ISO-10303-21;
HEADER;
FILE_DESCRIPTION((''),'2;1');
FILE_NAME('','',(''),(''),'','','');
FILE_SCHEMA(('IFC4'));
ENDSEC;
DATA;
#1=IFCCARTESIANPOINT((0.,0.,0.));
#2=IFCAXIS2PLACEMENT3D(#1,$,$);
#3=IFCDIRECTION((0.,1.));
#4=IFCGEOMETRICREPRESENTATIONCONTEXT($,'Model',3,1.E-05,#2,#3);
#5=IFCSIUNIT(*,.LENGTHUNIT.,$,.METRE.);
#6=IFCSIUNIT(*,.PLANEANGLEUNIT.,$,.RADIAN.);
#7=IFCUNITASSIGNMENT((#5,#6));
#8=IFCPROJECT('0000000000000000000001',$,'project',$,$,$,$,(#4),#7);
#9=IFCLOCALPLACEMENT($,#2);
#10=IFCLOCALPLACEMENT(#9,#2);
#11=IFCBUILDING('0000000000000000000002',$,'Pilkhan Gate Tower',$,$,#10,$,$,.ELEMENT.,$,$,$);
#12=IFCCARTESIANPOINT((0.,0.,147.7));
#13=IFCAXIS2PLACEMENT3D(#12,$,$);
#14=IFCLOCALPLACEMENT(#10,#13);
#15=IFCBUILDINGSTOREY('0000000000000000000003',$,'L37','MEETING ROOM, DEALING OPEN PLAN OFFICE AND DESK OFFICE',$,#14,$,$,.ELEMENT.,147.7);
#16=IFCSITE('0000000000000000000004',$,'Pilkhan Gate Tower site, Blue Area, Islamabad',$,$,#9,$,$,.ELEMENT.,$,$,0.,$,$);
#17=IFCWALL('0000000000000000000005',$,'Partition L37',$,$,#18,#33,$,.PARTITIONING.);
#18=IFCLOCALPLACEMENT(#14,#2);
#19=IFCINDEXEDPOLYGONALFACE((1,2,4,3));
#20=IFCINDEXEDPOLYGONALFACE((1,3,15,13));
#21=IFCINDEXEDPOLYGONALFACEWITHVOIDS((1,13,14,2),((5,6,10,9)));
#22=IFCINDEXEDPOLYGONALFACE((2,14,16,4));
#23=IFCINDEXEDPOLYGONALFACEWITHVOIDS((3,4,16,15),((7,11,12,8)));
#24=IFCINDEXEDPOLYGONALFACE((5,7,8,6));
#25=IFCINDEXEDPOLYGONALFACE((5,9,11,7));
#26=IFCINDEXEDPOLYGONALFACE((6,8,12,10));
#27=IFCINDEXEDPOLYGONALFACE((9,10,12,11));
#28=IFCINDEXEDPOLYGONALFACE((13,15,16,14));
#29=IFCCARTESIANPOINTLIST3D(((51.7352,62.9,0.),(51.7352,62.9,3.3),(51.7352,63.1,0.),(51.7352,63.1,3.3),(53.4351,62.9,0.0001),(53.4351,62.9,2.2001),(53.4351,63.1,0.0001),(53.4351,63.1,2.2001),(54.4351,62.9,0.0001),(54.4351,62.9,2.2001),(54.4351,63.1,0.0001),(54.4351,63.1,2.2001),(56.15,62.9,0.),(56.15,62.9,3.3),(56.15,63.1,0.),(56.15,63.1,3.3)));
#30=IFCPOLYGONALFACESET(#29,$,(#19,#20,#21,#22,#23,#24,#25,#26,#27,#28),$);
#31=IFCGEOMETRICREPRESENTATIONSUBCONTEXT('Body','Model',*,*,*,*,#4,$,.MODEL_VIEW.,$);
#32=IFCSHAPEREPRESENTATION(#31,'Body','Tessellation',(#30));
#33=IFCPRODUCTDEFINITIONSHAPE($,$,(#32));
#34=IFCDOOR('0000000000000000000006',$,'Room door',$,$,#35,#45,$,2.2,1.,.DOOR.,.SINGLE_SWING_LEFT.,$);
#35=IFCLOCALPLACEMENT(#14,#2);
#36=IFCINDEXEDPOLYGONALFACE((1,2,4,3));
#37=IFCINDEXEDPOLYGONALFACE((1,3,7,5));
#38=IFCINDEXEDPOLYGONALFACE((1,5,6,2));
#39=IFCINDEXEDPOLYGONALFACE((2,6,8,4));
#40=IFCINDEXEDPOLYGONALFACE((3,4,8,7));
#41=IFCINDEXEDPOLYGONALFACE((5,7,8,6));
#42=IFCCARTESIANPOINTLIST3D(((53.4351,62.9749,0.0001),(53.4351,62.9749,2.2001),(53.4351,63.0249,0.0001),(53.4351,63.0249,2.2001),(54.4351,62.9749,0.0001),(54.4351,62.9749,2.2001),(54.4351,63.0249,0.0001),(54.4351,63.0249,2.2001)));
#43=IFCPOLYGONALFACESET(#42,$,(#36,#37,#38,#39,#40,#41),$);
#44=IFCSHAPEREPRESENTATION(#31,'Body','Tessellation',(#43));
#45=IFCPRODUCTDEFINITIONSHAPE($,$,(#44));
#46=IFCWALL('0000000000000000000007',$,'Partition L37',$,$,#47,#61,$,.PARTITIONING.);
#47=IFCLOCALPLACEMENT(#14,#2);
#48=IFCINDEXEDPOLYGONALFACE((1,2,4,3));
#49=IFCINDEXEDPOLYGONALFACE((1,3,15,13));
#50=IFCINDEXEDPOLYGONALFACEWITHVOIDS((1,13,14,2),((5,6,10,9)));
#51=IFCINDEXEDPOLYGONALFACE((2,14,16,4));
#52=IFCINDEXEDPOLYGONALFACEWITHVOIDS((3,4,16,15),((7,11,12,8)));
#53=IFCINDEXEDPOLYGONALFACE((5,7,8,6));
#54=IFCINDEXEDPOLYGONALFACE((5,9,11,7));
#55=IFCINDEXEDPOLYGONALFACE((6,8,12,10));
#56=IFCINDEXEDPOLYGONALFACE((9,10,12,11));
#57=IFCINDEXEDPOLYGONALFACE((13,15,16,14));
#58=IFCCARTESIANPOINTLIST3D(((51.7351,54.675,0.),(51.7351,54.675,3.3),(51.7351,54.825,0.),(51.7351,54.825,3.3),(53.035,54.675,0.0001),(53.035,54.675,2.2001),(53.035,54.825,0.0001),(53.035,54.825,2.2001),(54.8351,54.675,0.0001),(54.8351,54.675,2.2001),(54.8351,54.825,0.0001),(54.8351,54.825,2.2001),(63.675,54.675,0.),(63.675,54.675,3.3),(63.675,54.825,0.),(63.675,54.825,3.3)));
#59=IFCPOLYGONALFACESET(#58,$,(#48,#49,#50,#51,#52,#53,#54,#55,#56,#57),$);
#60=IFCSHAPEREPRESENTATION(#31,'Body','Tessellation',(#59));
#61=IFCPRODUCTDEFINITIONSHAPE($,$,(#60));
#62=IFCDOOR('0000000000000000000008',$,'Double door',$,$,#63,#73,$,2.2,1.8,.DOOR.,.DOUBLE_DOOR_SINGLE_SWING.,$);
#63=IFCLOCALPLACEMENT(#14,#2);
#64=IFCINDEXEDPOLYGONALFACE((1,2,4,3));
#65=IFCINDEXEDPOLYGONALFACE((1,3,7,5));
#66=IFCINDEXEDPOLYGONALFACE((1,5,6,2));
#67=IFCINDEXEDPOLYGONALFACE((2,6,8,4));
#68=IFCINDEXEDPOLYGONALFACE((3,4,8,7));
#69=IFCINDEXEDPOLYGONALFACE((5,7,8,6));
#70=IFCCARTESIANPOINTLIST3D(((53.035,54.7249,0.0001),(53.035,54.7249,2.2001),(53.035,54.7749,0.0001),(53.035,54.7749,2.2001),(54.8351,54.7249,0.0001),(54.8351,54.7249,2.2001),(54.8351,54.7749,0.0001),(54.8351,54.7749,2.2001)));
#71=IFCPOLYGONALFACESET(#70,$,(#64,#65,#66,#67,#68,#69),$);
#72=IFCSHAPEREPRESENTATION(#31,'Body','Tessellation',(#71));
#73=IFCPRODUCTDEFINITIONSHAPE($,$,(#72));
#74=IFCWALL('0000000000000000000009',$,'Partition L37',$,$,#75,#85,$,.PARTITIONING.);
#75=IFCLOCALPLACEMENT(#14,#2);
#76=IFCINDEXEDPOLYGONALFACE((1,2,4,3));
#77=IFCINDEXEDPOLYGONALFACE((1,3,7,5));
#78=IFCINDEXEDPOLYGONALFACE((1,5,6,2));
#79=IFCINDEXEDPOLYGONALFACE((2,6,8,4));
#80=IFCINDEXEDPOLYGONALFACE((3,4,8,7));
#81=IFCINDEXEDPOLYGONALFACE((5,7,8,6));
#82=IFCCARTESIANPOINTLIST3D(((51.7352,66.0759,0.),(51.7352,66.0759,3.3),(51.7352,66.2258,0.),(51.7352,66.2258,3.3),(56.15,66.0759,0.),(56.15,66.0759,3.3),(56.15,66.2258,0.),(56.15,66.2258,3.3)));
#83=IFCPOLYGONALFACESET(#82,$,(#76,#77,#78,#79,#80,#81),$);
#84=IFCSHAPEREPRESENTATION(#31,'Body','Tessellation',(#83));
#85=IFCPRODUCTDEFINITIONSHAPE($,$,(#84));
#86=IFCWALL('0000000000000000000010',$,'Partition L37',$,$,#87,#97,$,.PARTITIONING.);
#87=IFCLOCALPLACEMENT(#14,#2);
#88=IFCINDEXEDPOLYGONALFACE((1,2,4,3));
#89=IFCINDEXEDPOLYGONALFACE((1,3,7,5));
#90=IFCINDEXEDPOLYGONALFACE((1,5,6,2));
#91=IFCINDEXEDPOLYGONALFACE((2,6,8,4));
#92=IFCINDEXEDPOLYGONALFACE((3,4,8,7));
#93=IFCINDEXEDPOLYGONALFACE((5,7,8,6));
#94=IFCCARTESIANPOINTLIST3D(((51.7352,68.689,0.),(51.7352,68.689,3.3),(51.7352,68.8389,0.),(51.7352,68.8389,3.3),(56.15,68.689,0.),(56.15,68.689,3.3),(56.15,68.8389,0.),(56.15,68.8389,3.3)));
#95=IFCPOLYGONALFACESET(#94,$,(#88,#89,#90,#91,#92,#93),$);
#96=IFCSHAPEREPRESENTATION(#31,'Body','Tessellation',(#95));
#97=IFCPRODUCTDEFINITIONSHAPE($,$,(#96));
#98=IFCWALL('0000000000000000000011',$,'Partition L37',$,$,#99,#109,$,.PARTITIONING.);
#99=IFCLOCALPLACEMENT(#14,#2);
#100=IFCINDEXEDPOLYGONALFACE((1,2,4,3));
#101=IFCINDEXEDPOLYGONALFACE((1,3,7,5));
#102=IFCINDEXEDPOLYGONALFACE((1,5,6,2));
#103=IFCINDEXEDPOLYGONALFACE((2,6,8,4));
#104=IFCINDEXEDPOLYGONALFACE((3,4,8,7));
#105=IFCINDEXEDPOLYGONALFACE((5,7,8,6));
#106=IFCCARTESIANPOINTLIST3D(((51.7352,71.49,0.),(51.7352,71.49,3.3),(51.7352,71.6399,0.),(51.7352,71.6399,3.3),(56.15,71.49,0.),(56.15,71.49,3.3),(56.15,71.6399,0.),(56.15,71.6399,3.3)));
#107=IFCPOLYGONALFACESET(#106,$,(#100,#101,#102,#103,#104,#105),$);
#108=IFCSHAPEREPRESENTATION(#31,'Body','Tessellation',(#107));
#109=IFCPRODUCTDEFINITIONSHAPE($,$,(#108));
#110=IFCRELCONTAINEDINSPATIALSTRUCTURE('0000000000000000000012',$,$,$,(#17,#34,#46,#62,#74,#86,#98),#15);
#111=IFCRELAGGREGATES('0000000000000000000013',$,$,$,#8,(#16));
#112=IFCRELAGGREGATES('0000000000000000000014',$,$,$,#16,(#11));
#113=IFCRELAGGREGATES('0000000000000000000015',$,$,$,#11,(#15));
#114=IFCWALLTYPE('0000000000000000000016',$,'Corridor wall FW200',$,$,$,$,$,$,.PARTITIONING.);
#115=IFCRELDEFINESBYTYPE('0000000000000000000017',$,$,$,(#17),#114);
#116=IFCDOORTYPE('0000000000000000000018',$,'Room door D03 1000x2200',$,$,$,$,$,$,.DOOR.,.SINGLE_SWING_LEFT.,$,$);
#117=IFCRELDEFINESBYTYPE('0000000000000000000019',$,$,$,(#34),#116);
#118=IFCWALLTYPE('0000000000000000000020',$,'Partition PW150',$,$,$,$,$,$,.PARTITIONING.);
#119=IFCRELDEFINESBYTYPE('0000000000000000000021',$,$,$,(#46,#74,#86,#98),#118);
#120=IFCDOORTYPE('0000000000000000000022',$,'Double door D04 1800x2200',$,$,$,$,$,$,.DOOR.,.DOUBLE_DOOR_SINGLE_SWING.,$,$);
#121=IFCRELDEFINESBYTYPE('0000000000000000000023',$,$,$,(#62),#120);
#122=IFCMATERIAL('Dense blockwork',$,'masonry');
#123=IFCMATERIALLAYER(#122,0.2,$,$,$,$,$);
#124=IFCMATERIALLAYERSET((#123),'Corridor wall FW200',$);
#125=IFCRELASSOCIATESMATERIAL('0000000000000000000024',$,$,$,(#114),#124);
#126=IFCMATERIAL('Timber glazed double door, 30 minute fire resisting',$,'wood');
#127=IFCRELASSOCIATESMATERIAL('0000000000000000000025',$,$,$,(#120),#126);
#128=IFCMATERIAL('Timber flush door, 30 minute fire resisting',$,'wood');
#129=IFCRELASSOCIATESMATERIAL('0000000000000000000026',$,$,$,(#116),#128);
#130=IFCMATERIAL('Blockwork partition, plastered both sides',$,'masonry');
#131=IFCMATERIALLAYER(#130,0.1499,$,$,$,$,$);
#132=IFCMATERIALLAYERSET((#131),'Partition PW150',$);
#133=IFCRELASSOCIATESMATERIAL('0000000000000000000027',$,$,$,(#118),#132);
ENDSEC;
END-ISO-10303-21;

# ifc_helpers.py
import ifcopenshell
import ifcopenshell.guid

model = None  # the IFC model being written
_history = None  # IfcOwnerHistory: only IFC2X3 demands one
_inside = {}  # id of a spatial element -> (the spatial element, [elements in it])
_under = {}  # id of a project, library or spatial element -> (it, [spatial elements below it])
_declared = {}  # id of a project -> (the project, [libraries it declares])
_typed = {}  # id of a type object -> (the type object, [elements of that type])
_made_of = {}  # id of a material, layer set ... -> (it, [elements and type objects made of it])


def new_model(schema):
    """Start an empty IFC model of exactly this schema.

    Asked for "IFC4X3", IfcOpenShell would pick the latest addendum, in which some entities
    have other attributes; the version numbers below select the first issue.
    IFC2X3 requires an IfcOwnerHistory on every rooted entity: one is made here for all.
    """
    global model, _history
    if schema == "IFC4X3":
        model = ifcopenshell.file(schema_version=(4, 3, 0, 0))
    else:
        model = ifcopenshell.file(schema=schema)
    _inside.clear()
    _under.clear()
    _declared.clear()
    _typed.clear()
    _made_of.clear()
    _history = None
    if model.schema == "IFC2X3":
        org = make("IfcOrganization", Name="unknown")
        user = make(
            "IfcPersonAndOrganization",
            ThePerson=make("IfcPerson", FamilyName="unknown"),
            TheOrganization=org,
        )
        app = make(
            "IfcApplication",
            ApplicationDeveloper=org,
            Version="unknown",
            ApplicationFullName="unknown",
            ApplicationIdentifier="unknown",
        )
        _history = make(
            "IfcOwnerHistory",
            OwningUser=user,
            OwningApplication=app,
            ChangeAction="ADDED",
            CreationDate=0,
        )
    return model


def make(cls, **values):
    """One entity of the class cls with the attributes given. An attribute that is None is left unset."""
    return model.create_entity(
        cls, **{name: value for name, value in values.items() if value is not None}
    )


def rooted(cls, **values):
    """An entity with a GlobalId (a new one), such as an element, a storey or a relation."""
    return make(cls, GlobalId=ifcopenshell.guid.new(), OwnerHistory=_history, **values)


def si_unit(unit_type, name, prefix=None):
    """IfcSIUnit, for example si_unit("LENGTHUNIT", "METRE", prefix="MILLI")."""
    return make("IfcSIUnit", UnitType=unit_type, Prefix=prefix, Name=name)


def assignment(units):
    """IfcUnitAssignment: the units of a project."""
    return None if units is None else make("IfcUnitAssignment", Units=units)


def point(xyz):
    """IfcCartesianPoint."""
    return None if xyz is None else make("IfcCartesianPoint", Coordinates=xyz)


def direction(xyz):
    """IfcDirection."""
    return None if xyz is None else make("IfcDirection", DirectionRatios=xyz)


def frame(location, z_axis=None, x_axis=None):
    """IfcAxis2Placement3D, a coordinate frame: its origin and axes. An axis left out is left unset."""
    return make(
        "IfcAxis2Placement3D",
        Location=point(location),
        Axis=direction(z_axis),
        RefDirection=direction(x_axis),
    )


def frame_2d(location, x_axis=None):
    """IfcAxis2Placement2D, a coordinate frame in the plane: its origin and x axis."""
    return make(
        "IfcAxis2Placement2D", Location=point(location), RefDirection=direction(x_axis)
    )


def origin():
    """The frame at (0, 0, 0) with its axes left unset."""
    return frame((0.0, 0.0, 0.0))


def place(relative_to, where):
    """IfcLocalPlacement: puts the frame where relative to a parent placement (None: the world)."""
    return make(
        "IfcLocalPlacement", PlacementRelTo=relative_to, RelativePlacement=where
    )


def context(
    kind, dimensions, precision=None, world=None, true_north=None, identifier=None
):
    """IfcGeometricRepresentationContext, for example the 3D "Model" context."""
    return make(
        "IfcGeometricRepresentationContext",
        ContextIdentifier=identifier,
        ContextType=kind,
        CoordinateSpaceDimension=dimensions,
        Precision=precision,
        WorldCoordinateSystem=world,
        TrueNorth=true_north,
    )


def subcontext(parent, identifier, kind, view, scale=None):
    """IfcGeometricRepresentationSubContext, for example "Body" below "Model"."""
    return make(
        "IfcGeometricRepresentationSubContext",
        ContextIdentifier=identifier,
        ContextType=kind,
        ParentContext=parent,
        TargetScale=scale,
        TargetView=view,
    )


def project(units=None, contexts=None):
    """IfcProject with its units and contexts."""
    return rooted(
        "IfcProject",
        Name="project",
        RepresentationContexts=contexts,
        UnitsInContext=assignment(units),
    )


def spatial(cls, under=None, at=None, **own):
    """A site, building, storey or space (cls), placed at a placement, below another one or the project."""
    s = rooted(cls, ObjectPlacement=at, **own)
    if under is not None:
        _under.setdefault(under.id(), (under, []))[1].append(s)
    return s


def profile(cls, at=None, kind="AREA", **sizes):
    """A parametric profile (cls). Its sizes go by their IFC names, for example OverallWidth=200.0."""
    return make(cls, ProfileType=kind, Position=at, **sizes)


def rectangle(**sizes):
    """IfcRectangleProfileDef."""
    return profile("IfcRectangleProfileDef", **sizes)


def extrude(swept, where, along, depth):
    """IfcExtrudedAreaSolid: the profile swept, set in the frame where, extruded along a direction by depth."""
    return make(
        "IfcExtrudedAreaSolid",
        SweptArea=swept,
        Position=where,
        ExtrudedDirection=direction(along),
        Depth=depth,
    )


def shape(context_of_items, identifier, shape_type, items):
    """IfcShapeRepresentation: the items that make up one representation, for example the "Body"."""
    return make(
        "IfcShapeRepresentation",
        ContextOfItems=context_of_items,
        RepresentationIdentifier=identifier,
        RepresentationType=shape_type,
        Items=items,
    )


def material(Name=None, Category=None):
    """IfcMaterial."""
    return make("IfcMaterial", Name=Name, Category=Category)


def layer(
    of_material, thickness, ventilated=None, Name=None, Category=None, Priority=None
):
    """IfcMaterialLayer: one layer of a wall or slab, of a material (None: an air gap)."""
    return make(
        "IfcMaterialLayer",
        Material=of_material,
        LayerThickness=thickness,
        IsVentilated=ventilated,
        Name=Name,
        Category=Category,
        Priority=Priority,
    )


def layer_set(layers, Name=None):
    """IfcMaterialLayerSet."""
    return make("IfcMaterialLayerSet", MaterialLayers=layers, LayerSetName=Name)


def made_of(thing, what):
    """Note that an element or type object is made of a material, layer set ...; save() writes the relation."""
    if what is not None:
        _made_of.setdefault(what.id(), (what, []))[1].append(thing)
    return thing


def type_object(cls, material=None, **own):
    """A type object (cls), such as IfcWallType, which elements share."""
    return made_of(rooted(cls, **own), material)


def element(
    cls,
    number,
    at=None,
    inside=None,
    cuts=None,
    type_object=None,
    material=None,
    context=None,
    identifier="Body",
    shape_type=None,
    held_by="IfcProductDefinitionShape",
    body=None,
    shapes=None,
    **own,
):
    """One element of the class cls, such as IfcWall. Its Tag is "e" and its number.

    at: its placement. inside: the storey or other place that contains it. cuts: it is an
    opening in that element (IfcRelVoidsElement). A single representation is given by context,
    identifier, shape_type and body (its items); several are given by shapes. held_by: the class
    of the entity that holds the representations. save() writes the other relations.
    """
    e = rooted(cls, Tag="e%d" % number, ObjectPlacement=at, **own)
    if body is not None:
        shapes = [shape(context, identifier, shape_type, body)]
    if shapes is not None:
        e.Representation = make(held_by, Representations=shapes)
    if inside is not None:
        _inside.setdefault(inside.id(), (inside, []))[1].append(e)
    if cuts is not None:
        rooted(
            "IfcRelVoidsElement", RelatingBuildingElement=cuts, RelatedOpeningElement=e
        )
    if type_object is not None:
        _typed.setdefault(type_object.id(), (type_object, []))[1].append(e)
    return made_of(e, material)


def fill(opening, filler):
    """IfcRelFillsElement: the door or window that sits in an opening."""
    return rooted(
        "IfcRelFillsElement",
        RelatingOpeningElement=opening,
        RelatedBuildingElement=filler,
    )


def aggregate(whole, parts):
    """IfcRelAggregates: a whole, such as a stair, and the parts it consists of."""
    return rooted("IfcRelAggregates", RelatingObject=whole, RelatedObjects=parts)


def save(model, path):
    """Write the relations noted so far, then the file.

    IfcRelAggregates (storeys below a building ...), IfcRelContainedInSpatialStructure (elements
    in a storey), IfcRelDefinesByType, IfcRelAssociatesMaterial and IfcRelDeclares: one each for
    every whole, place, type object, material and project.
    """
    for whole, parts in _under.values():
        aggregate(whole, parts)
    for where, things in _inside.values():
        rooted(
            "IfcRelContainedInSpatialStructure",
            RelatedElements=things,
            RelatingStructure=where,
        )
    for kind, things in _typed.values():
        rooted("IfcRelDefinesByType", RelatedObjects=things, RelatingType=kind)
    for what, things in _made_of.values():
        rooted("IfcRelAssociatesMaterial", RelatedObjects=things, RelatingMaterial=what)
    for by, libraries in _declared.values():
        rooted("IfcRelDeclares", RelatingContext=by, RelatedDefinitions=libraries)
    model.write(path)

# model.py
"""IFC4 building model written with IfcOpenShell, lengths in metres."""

from ifc_helpers import new_model, si_unit, direction, frame, frame_2d, origin, place, context, subcontext, project, spatial, rectangle, extrude, material, layer, layer_set, type_object, element, fill, save


model = new_model("IFC4")

# Units and contexts
model_context = context("Model", 3, precision=1e-05, world=origin(), true_north=direction((0.0, 1.0)))
body_context = subcontext(model_context, "Body", "Model", "MODEL_VIEW")
ifc_project = project(units=[si_unit("LENGTHUNIT", "METRE"), si_unit("PLANEANGLEUNIT", "RADIAN")], contexts=[model_context])

# Site, building, storey
site_placement = place(None, origin())
site = spatial("IfcSite", under=ifc_project, at=site_placement, Name="Pilkhan Gate Tower site, Blue Area, Islamabad", CompositionType="ELEMENT", RefElevation=0.0)
building_placement = place(site_placement, origin())
building = spatial("IfcBuilding", under=site, at=building_placement, Name="Pilkhan Gate Tower", CompositionType="ELEMENT")
storey_placement = place(building_placement, frame((0.0, 0.0, 147.7)))
storey = spatial("IfcBuildingStorey", under=building, at=storey_placement, Name="L37", Description="MEETING ROOM, DEALING OPEN PLAN OFFICE AND DESK OFFICE", CompositionType="ELEMENT", Elevation=147.7)

# Shared definitions
ifc_material_1 = material(Name="Dense blockwork", Category="masonry")
ifc_layer_1 = layer(ifc_material_1, 0.2)
ifc_layer_set_1 = layer_set([ifc_layer_1], Name="Corridor wall FW200")
wall_type_1 = type_object("IfcWallType", Name="Corridor wall FW200", PredefinedType="PARTITIONING", material=ifc_layer_set_1)
ifc_material_2 = material(Name="Timber glazed double door, 30 minute fire resisting", Category="wood")
door_type_1 = type_object("IfcDoorType", Name="Double door D04 1800x2200", OperationType="DOUBLE_DOOR_SINGLE_SWING", PredefinedType="DOOR", material=ifc_material_2)
ifc_material_3 = material(Name="Timber flush door, 30 minute fire resisting", Category="wood")
door_type_2 = type_object("IfcDoorType", Name="Room door D03 1000x2200", OperationType="SINGLE_SWING_LEFT", PredefinedType="DOOR", material=ifc_material_3)

# Walls, openings, doors
wall_1_placement = place(storey_placement, frame((51.7351, 63.0, 0.0), z_axis=(0.0, 0.0, 1.0), x_axis=(1.0, 0.0, 0.0)))
wall_1 = element("IfcWall", 1, at=wall_1_placement, inside=storey, type_object=wall_type_1, Name="Partition L37", PredefinedType="PARTITIONING", context=body_context, shape_type="SweptSolid", body=[
    extrude(rectangle(XDim=4.4148, YDim=0.2, at=frame_2d((2.2075, 0.0))), origin(), (0.0, 0.0, 1.0), 3.3),
])
opening_1_placement = place(wall_1_placement, frame((1.7, 0.0, 0.0)))
opening_1 = element("IfcOpeningElement", 2, at=opening_1_placement, cuts=wall_1, PredefinedType="OPENING", context=body_context, shape_type="SweptSolid", body=[
    extrude(rectangle(XDim=1.0, YDim=2.2, at=frame_2d((0.5, 1.1001))), frame((0.0, 0.1099, 0.0), z_axis=(0.0, -1.0, 0.0), x_axis=(1.0, 0.0, 0.0)), (0.0, 0.0, 1.0), 0.22),
])
door_1_placement = place(opening_1_placement, origin())
door_1 = element("IfcDoor", 3, at=door_1_placement, inside=storey, type_object=door_type_2, Name="Room door", OperationType="SINGLE_SWING_LEFT", OverallHeight=2.2, OverallWidth=1.0, PredefinedType="DOOR", context=body_context, shape_type="SweptSolid", body=[
    extrude(rectangle(XDim=1.0, YDim=2.2, at=frame_2d((0.5, 1.1001))), frame((0.0, 0.0249, 0.0), z_axis=(0.0, -1.0, 0.0), x_axis=(1.0, 0.0, 0.0)), (0.0, 0.0, 1.0), 0.05),
])
fill(opening_1, door_1)
ifc_material_4 = material(Name="Blockwork partition, plastered both sides", Category="masonry")
ifc_layer_2 = layer(ifc_material_4, 0.1499)
ifc_layer_set_2 = layer_set([ifc_layer_2], Name="Partition PW150")
wall_type_2 = type_object("IfcWallType", Name="Partition PW150", PredefinedType="PARTITIONING", material=ifc_layer_set_2)
wall_2_placement = place(storey_placement, frame((51.7351, 54.75, 0.0), z_axis=(0.0, 0.0, 1.0), x_axis=(1.0, 0.0, 0.0)))
wall_2 = element("IfcWall", 4, at=wall_2_placement, inside=storey, type_object=wall_type_2, Name="Partition L37", PredefinedType="PARTITIONING", context=body_context, shape_type="SweptSolid", body=[
    extrude(rectangle(XDim=11.9399, YDim=0.1499, at=frame_2d((5.97, 0.0))), origin(), (0.0, 0.0, 1.0), 3.3),
])
opening_2_placement = place(wall_2_placement, frame((1.3, 0.0, 0.0)))
opening_2 = element("IfcOpeningElement", 5, at=opening_2_placement, cuts=wall_2, PredefinedType="OPENING", context=body_context, shape_type="SweptSolid", body=[
    extrude(rectangle(XDim=1.8, YDim=2.2, at=frame_2d((0.8999, 1.1001))), frame((0.0, 0.085, 0.0), z_axis=(0.0, -1.0, 0.0), x_axis=(1.0, 0.0, 0.0)), (0.0, 0.0, 1.0), 0.1699),
])
door_2_placement = place(opening_2_placement, origin())
door_2 = element("IfcDoor", 6, at=door_2_placement, inside=storey, type_object=door_type_1, Name="Double door", OperationType="DOUBLE_DOOR_SINGLE_SWING", OverallHeight=2.2, OverallWidth=1.8, PredefinedType="DOOR", context=body_context, shape_type="SweptSolid", body=[
    extrude(rectangle(XDim=1.8, YDim=2.2, at=frame_2d((0.8999, 1.1001))), frame((0.0, 0.0249, 0.0), z_axis=(0.0, -1.0, 0.0), x_axis=(1.0, 0.0, 0.0)), (0.0, 0.0, 1.0), 0.05),
])
fill(opening_2, door_2)

# Walls
for number, where, z_axis, x_axis, name in (
    (7, (51.7351, 66.1509, 0.0), (0.0, 0.0, 1.0), (1.0, 0.0, 0.0), "Partition L37"),
    (8, (51.7351, 68.7639, 0.0), (0.0, 0.0, 1.0), (1.0, 0.0, 0.0), "Partition L37"),
    (9, (51.7351, 71.5649, 0.0), (0.0, 0.0, 1.0), (1.0, 0.0, 0.0), "Partition L37"),
):
    element("IfcWall", number, at=place(storey_placement, frame(where, z_axis=z_axis, x_axis=x_axis)), inside=storey, type_object=wall_type_2, Name=name, PredefinedType="PARTITIONING", context=body_context, shape_type="SweptSolid", body=[
        extrude(rectangle(XDim=4.4148, YDim=0.1499, at=frame_2d((2.2075, 0.0))), origin(), (0.0, 0.0, 1.0), 3.3),
    ])

save(model, "model.ifc")
